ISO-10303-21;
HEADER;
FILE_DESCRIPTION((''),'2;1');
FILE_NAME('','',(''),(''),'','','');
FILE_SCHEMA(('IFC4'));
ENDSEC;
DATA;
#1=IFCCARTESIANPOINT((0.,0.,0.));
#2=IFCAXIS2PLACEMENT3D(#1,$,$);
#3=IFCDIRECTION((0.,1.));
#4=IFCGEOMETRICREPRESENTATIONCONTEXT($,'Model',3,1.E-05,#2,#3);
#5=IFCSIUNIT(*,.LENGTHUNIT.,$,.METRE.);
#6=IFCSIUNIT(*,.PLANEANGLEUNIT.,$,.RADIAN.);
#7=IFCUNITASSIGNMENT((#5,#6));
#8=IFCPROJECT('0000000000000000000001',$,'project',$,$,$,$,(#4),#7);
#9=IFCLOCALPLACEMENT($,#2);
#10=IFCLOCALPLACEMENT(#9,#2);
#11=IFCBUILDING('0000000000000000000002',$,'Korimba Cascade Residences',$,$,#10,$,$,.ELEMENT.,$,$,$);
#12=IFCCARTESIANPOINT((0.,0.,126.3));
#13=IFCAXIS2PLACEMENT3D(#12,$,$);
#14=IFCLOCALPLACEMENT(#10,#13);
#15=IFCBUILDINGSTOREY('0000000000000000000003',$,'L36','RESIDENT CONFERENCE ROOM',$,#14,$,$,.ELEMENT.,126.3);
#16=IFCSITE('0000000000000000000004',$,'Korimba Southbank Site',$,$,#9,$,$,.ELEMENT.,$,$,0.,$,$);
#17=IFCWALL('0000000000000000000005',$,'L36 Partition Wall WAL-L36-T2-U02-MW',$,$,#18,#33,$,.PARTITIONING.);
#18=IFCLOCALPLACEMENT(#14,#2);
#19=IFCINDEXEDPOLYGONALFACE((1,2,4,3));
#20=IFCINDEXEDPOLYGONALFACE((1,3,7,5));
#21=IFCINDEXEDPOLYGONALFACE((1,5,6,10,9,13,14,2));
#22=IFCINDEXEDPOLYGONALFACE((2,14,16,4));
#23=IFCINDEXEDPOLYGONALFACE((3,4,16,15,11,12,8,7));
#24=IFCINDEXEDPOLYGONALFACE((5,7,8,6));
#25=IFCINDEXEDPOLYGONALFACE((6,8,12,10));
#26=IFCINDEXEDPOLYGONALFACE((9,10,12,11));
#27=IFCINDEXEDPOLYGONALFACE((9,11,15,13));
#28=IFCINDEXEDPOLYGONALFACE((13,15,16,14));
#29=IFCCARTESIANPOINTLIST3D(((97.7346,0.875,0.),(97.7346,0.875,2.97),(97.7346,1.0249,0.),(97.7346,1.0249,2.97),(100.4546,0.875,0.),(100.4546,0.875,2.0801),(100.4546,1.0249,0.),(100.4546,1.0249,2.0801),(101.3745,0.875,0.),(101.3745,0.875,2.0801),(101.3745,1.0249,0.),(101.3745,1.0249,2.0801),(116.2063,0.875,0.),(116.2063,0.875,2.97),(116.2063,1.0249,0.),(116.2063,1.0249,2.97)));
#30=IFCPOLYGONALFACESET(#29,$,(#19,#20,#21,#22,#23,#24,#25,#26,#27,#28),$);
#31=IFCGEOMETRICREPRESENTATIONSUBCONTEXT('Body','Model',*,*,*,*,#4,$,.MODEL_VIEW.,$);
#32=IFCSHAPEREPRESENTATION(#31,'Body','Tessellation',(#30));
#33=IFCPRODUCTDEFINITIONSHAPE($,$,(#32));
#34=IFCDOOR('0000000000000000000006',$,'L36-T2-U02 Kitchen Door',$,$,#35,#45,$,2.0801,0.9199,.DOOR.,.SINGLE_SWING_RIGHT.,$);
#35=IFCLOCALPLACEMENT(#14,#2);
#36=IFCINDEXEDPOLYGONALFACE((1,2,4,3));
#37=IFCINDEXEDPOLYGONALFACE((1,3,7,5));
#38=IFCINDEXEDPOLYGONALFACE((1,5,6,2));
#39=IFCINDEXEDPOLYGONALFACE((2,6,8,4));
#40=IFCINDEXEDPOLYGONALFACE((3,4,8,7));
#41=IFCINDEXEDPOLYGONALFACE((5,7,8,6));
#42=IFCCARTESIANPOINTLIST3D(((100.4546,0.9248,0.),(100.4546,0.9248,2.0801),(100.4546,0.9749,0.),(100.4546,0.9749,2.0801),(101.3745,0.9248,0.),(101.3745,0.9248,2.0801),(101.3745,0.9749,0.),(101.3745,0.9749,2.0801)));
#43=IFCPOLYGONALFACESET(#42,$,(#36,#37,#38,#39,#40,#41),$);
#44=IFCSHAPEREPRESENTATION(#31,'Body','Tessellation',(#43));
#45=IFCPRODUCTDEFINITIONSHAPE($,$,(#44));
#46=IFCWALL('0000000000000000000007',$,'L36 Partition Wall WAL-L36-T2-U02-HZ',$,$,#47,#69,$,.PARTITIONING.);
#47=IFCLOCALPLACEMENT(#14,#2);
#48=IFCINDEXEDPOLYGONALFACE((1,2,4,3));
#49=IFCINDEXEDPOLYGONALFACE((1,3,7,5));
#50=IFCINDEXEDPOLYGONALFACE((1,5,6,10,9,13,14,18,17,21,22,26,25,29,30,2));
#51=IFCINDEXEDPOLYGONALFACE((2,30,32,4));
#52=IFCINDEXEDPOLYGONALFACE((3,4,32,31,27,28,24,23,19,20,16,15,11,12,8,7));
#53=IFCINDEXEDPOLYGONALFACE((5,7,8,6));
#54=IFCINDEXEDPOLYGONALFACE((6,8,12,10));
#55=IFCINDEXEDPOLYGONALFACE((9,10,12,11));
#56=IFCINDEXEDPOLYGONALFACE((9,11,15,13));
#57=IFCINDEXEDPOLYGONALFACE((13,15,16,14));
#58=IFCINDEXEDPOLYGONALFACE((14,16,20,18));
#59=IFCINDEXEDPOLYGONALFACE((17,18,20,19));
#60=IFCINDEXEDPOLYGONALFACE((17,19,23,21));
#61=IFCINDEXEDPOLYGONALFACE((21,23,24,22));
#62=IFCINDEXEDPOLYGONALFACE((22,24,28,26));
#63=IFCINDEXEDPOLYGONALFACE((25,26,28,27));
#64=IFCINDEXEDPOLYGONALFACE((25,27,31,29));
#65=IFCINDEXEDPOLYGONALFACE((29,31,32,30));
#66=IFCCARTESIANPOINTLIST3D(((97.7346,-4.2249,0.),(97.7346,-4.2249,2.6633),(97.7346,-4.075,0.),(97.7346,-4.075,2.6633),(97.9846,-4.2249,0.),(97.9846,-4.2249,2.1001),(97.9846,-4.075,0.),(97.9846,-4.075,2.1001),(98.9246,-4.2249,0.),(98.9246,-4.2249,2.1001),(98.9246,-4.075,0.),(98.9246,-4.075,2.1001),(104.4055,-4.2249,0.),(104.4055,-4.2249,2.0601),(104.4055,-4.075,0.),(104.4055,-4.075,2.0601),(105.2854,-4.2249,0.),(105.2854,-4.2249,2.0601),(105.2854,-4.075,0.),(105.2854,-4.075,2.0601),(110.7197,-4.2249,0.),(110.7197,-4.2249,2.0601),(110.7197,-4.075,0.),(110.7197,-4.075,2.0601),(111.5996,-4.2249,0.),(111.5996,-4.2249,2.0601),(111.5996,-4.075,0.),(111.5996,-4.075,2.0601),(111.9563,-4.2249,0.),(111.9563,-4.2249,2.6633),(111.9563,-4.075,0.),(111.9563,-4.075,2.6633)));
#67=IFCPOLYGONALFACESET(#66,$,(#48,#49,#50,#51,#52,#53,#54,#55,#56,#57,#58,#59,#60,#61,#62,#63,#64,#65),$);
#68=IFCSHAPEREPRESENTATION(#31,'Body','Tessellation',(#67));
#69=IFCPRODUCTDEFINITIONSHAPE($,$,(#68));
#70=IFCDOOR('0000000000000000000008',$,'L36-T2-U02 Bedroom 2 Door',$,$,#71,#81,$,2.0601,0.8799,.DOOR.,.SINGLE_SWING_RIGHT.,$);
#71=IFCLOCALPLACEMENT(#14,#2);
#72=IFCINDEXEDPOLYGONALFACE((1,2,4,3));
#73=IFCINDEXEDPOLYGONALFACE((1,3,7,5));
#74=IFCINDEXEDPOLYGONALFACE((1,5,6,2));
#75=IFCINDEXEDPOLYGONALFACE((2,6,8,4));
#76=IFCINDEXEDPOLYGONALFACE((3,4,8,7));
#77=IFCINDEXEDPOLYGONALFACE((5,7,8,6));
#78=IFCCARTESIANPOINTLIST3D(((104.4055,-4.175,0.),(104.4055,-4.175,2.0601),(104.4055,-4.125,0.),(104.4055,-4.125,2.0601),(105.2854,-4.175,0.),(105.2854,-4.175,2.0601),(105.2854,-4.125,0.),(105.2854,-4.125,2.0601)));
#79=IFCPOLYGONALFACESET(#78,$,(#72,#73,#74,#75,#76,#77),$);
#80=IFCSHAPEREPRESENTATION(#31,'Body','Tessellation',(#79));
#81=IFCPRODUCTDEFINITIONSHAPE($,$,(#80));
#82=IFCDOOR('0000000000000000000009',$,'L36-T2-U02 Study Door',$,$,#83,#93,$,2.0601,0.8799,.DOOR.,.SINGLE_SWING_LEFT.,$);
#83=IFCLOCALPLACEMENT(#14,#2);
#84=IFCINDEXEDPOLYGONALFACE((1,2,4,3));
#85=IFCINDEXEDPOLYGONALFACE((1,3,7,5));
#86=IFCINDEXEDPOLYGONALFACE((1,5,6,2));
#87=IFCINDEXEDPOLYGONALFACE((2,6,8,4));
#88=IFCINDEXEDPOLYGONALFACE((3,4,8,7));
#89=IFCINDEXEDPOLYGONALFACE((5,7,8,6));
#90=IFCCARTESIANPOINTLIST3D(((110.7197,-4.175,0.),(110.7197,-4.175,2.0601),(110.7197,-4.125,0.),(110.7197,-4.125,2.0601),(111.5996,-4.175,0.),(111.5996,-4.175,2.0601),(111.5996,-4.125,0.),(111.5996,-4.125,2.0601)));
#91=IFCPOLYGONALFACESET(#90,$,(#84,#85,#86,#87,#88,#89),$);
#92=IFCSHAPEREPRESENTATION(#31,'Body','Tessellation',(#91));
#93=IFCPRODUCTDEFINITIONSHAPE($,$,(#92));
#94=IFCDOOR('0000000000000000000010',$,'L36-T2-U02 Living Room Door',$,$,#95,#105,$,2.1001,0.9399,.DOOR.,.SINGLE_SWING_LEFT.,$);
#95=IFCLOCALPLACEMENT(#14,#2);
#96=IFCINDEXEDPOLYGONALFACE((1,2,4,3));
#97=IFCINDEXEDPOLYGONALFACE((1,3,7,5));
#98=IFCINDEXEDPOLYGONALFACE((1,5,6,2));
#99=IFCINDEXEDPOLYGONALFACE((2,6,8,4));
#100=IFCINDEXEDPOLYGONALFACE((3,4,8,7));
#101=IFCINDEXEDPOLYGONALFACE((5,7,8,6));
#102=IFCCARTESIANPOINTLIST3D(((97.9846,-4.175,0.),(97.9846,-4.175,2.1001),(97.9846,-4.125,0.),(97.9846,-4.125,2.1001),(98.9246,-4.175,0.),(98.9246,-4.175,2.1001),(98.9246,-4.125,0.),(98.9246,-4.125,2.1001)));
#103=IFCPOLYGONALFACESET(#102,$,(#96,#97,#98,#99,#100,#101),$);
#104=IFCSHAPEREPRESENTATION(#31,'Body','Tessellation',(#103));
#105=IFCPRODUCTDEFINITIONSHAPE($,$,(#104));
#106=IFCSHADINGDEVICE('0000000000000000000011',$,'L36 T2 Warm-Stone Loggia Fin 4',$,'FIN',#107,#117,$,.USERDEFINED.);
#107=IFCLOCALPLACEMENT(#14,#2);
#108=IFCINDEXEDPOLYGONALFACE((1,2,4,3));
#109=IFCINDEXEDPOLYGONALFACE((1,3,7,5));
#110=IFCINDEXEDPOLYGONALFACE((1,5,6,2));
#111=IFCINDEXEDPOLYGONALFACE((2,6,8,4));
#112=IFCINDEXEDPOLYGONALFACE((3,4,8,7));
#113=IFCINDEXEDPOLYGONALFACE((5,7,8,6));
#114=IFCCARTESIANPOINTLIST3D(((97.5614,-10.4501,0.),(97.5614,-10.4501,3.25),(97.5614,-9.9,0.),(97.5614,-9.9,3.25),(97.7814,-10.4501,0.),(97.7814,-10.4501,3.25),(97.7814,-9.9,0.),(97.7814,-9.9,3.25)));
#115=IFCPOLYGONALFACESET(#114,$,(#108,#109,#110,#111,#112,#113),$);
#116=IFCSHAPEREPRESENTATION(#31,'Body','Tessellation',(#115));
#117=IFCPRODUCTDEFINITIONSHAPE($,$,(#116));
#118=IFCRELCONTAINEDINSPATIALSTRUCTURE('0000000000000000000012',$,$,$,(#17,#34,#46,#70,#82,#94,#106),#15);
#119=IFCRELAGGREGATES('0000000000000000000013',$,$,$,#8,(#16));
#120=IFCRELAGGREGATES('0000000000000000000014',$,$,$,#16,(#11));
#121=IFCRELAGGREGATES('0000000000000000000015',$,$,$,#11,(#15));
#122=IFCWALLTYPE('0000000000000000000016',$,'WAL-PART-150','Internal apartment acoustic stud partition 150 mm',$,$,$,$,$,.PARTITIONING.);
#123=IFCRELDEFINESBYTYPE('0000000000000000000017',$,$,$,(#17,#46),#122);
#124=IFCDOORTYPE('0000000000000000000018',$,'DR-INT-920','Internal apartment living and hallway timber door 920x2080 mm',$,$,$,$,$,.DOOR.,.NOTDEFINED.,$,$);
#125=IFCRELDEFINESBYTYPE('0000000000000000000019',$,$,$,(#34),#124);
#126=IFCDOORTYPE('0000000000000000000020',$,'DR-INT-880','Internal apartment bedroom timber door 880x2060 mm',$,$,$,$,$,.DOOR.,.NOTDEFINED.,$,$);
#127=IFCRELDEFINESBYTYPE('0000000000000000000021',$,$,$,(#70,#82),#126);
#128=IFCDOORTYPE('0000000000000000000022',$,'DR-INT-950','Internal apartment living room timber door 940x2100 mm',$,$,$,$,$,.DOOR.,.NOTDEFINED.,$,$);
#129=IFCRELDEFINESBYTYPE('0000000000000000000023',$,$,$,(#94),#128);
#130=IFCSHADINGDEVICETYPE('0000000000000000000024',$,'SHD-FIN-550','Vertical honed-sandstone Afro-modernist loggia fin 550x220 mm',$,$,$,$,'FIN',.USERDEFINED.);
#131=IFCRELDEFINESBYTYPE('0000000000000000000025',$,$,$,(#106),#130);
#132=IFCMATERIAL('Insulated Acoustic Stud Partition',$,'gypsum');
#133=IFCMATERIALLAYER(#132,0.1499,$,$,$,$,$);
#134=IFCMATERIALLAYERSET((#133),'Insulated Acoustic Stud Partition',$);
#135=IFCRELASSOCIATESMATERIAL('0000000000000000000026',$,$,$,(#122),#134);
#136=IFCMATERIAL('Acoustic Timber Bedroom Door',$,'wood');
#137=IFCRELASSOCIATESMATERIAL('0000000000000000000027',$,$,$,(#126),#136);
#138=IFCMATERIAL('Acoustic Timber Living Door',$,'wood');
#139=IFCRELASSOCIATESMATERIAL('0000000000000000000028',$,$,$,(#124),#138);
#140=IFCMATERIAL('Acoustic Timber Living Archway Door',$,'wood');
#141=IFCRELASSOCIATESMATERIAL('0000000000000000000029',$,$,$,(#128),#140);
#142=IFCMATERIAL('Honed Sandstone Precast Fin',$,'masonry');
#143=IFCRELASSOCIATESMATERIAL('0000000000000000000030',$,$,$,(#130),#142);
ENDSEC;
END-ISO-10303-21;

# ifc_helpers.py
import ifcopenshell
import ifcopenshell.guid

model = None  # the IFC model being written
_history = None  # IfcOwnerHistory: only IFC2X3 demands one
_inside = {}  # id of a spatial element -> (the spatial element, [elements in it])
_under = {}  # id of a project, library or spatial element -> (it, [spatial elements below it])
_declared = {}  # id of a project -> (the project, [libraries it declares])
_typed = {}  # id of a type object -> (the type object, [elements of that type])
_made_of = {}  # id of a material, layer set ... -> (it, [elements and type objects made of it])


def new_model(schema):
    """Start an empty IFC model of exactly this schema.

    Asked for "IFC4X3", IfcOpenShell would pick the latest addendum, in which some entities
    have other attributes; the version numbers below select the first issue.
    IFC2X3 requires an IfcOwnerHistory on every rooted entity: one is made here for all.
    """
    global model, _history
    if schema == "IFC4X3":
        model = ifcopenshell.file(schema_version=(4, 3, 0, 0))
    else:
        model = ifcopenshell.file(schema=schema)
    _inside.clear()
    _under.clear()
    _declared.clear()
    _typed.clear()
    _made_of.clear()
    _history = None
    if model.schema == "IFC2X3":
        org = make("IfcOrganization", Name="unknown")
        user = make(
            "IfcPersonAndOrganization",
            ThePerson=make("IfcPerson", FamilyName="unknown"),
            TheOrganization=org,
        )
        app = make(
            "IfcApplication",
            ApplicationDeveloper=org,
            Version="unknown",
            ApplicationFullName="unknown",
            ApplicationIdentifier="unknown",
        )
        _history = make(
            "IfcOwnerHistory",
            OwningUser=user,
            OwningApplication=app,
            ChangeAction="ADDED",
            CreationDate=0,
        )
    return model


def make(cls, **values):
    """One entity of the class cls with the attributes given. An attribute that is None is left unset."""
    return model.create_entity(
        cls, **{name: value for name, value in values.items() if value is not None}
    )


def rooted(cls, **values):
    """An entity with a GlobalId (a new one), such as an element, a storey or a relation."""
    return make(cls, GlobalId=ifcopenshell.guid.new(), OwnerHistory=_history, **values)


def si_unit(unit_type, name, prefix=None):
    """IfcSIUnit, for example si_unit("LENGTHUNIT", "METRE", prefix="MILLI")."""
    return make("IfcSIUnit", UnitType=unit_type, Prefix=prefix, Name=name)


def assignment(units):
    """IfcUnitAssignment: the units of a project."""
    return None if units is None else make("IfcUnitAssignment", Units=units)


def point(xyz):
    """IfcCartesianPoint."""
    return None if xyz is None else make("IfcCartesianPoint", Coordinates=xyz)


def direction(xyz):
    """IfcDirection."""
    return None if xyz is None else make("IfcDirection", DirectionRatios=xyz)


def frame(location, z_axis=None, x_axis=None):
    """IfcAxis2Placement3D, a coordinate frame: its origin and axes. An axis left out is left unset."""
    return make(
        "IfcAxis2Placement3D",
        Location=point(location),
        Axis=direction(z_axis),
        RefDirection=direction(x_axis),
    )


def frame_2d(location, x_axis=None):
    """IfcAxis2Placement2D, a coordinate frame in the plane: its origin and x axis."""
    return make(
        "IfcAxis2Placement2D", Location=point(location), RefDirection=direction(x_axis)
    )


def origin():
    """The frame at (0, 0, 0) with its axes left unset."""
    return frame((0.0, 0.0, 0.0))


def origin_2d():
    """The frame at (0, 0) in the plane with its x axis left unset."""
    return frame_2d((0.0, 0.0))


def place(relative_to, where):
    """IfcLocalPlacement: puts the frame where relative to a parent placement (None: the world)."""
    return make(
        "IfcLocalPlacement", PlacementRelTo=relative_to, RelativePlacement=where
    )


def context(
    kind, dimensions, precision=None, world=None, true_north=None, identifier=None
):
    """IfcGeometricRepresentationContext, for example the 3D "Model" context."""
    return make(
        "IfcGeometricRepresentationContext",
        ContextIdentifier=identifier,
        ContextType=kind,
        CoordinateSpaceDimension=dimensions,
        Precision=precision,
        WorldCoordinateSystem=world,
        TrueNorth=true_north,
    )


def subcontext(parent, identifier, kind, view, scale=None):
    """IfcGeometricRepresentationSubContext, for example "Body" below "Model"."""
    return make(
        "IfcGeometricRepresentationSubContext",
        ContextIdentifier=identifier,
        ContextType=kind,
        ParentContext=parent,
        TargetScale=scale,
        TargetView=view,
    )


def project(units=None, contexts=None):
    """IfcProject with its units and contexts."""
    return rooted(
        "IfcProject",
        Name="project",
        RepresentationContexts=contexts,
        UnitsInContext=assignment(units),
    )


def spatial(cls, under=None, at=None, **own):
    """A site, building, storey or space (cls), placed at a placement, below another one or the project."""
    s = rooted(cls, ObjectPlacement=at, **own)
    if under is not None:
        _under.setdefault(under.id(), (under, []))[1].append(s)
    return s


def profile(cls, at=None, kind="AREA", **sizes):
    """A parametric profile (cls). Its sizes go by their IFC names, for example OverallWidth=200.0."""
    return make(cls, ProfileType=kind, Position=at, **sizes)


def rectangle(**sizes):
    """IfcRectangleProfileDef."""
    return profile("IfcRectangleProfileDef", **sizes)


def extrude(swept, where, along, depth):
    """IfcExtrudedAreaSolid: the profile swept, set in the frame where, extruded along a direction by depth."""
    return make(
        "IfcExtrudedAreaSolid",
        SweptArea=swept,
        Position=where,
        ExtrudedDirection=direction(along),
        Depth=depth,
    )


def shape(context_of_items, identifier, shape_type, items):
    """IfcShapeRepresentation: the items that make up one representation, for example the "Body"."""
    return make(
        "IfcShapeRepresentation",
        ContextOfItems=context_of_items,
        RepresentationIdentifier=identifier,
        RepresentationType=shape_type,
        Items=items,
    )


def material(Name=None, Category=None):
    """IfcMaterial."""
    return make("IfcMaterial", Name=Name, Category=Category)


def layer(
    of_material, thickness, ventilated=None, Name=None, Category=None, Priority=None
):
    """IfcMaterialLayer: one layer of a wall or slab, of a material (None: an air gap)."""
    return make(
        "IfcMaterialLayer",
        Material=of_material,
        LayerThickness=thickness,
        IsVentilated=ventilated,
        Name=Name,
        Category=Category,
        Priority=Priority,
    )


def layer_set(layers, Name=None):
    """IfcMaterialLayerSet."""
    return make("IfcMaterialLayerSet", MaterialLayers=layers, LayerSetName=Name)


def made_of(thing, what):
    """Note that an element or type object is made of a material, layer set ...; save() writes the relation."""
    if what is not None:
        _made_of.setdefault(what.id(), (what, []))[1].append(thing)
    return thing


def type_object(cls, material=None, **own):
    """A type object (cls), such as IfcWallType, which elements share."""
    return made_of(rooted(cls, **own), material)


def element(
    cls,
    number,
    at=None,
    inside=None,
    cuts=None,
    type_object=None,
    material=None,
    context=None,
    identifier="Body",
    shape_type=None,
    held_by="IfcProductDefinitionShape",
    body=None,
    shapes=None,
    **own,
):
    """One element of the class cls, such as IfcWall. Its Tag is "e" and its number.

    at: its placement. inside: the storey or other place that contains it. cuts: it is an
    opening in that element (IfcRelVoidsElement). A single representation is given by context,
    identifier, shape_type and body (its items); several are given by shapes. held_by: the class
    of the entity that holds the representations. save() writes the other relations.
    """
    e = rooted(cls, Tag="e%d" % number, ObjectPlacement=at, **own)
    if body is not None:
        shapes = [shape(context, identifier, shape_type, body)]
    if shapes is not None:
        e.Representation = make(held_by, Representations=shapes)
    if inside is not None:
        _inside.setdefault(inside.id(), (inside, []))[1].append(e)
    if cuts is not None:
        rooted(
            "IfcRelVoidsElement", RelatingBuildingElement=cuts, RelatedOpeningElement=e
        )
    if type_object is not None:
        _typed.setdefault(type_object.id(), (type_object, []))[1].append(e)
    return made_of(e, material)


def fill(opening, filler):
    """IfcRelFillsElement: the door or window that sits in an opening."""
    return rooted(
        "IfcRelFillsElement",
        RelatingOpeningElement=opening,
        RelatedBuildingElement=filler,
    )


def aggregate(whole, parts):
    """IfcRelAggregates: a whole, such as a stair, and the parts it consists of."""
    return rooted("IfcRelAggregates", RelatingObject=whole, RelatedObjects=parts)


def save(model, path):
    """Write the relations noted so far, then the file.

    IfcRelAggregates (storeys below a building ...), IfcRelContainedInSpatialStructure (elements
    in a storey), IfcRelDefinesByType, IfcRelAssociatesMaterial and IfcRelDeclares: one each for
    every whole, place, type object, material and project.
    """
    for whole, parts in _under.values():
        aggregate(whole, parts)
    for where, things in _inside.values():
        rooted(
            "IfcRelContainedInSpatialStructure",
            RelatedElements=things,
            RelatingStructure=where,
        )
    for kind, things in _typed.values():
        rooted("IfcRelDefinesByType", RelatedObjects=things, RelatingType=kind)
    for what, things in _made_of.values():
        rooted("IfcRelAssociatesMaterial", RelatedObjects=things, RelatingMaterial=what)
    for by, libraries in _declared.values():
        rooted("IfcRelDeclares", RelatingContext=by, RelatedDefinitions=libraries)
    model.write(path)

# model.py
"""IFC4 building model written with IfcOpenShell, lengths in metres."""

from ifc_helpers import new_model, si_unit, direction, frame, frame_2d, origin, origin_2d, place, context, subcontext, project, spatial, rectangle, extrude, material, layer, layer_set, type_object, element, fill, save


model = new_model("IFC4")

# Units and contexts
model_context = context("Model", 3, precision=1e-05, world=origin(), true_north=direction((0.0, 1.0)))
body_context = subcontext(model_context, "Body", "Model", "MODEL_VIEW")
ifc_project = project(units=[si_unit("LENGTHUNIT", "METRE"), si_unit("PLANEANGLEUNIT", "RADIAN")], contexts=[model_context])

# Site, building, storey
site_placement = place(None, origin())
site = spatial("IfcSite", under=ifc_project, at=site_placement, Name="Korimba Southbank Site", CompositionType="ELEMENT", RefElevation=0.0)
building_placement = place(site_placement, origin())
building = spatial("IfcBuilding", under=site, at=building_placement, Name="Korimba Cascade Residences", CompositionType="ELEMENT")
storey_placement = place(building_placement, frame((0.0, 0.0, 126.3)))
storey = spatial("IfcBuildingStorey", under=building, at=storey_placement, Name="L36", Description="RESIDENT CONFERENCE ROOM", CompositionType="ELEMENT", Elevation=126.3)

# Shared definitions
ifc_material_1 = material(Name="Insulated Acoustic Stud Partition", Category="gypsum")
ifc_layer = layer(ifc_material_1, 0.1499)
ifc_layer_set = layer_set([ifc_layer], Name="Insulated Acoustic Stud Partition")
wall_type = type_object("IfcWallType", Name="WAL-PART-150", Description="Internal apartment acoustic stud partition 150 mm", PredefinedType="PARTITIONING", material=ifc_layer_set)
ifc_material_2 = material(Name="Acoustic Timber Bedroom Door", Category="wood")
door_type_1 = type_object("IfcDoorType", Name="DR-INT-880", Description="Internal apartment bedroom timber door 880x2060 mm", OperationType="NOTDEFINED", PredefinedType="DOOR", material=ifc_material_2)

# Shared definitions
ifc_material_3 = material(Name="Acoustic Timber Living Door", Category="wood")
door_type_2 = type_object("IfcDoorType", Name="DR-INT-920", Description="Internal apartment living and hallway timber door 920x2080 mm", OperationType="NOTDEFINED", PredefinedType="DOOR", material=ifc_material_3)

# Wall, opening, door
wall_1_placement = place(storey_placement, frame((97.7346, 0.95, 0.0), z_axis=(0.0, 0.0, 1.0), x_axis=(1.0, 0.0, 0.0)))
wall_1 = element("IfcWall", 1, at=wall_1_placement, inside=storey, type_object=wall_type, Name="L36 Partition Wall WAL-L36-T2-U02-MW", PredefinedType="PARTITIONING", context=body_context, shape_type="SweptSolid", body=[
    extrude(rectangle(XDim=18.4717, YDim=0.1499, at=frame_2d((9.2358, 0.0))), origin(), (0.0, 0.0, 1.0), 2.97),
])
opening_1_placement = place(wall_1_placement, frame((2.72, 0.0, 0.0)))
opening_1 = element("IfcOpeningElement", 2, at=opening_1_placement, cuts=wall_1, PredefinedType="OPENING", context=body_context, shape_type="SweptSolid", body=[
    extrude(rectangle(XDim=0.9199, YDim=2.0801, at=frame_2d((0.46, 1.04))), frame((0.0, 0.085, 0.0), z_axis=(0.0, -1.0, 0.0), x_axis=(1.0, 0.0, 0.0)), (0.0, 0.0, 1.0), 0.1699),
])
door_1_placement = place(opening_1_placement, origin())
door_1 = element("IfcDoor", 3, at=door_1_placement, inside=storey, type_object=door_type_2, Name="L36-T2-U02 Kitchen Door", OperationType="SINGLE_SWING_RIGHT", OverallHeight=2.0801, OverallWidth=0.9199, PredefinedType="DOOR", context=body_context, shape_type="SweptSolid", body=[
    extrude(rectangle(XDim=0.9199, YDim=2.0801, at=frame_2d((0.46, 1.04))), frame((0.0, 0.0249, 0.0), z_axis=(0.0, -1.0, 0.0), x_axis=(1.0, 0.0, 0.0)), (0.0, 0.0, 1.0), 0.05),
])
fill(opening_1, door_1)

# Wall, openings, doors
wall_2_placement = place(storey_placement, frame((97.7346, -4.1499, 0.0), z_axis=(0.0, 0.0, 1.0), x_axis=(1.0, 0.0, 0.0)))
wall_2 = element("IfcWall", 4, at=wall_2_placement, inside=storey, type_object=wall_type, Name="L36 Partition Wall WAL-L36-T2-U02-HZ", PredefinedType="PARTITIONING", context=body_context, shape_type="SweptSolid", body=[
    extrude(rectangle(XDim=14.2217, YDim=0.1499, at=frame_2d((7.1108, 0.0))), origin(), (0.0, 0.0, 1.0), 2.6633),
])
opening_2_placement = place(wall_2_placement, frame((0.25, 0.0, 0.0)))
opening_2 = element("IfcOpeningElement", 5, at=opening_2_placement, cuts=wall_2, PredefinedType="OPENING", context=body_context, shape_type="SweptSolid", body=[
    extrude(rectangle(XDim=0.9399, YDim=2.1001, at=frame_2d((0.47, 1.05))), frame((0.0, 0.085, 0.0), z_axis=(0.0, -1.0, 0.0), x_axis=(1.0, 0.0, 0.0)), (0.0, 0.0, 1.0), 0.1699),
])
opening_3_placement = place(wall_2_placement, frame((6.6709, 0.0, 0.0)))
opening_3 = element("IfcOpeningElement", 6, at=opening_3_placement, cuts=wall_2, PredefinedType="OPENING", context=body_context, shape_type="SweptSolid", body=[
    extrude(rectangle(XDim=0.8799, YDim=2.0601, at=frame_2d((0.4399, 1.03))), frame((0.0, 0.085, 0.0), z_axis=(0.0, -1.0, 0.0), x_axis=(1.0, 0.0, 0.0)), (0.0, 0.0, 1.0), 0.1699),
])
opening_4_placement = place(wall_2_placement, frame((12.9851, 0.0, 0.0)))
opening_4 = element("IfcOpeningElement", 7, at=opening_4_placement, cuts=wall_2, PredefinedType="OPENING", context=body_context, shape_type="SweptSolid", body=[
    extrude(rectangle(XDim=0.8799, YDim=2.0601, at=frame_2d((0.4399, 1.03))), frame((0.0, 0.085, 0.0), z_axis=(0.0, -1.0, 0.0), x_axis=(1.0, 0.0, 0.0)), (0.0, 0.0, 1.0), 0.1699),
])
door_2_placement = place(opening_3_placement, origin())
door_2 = element("IfcDoor", 8, at=door_2_placement, inside=storey, type_object=door_type_1, Name="L36-T2-U02 Bedroom 2 Door", OperationType="SINGLE_SWING_RIGHT", OverallHeight=2.0601, OverallWidth=0.8799, PredefinedType="DOOR", context=body_context, shape_type="SweptSolid", body=[
    extrude(rectangle(XDim=0.8799, YDim=2.0601, at=frame_2d((0.4399, 1.03))), frame((0.0, 0.0249, 0.0), z_axis=(0.0, -1.0, 0.0), x_axis=(1.0, 0.0, 0.0)), (0.0, 0.0, 1.0), 0.05),
])
fill(opening_3, door_2)
door_3_placement = place(opening_4_placement, origin())
door_3 = element("IfcDoor", 9, at=door_3_placement, inside=storey, type_object=door_type_1, Name="L36-T2-U02 Study Door", OperationType="SINGLE_SWING_LEFT", OverallHeight=2.0601, OverallWidth=0.8799, PredefinedType="DOOR", context=body_context, shape_type="SweptSolid", body=[
    extrude(rectangle(XDim=0.8799, YDim=2.0601, at=frame_2d((0.4399, 1.03))), frame((0.0, 0.0249, 0.0), z_axis=(0.0, -1.0, 0.0), x_axis=(1.0, 0.0, 0.0)), (0.0, 0.0, 1.0), 0.05),
])
fill(opening_4, door_3)
ifc_material_4 = material(Name="Acoustic Timber Living Archway Door", Category="wood")
door_type_3 = type_object("IfcDoorType", Name="DR-INT-950", Description="Internal apartment living room timber door 940x2100 mm", OperationType="NOTDEFINED", PredefinedType="DOOR", material=ifc_material_4)
door_4_placement = place(opening_2_placement, origin())
door_4 = element("IfcDoor", 10, at=door_4_placement, inside=storey, type_object=door_type_3, Name="L36-T2-U02 Living Room Door", OperationType="SINGLE_SWING_LEFT", OverallHeight=2.1001, OverallWidth=0.9399, PredefinedType="DOOR", context=body_context, shape_type="SweptSolid", body=[
    extrude(rectangle(XDim=0.9399, YDim=2.1001, at=frame_2d((0.47, 1.05))), frame((0.0, 0.0249, 0.0), z_axis=(0.0, -1.0, 0.0), x_axis=(1.0, 0.0, 0.0)), (0.0, 0.0, 1.0), 0.05),
])
fill(opening_2, door_4)

# Shading device
ifc_material_5 = material(Name="Honed Sandstone Precast Fin", Category="masonry")
shading_device_type = type_object("IfcShadingDeviceType", Name="SHD-FIN-550", Description="Vertical honed-sandstone Afro-modernist loggia fin 550x220 mm", ElementType="FIN", PredefinedType="USERDEFINED", material=ifc_material_5)
shading_device_placement = place(storey_placement, frame((97.6714, -10.175, 0.0), z_axis=(0.0, 0.0, 1.0), x_axis=(1.0, 0.0, 0.0)))
element("IfcShadingDevice", 11, at=shading_device_placement, inside=storey, type_object=shading_device_type, Name="L36 T2 Warm-Stone Loggia Fin 4", ObjectType="FIN", PredefinedType="USERDEFINED", context=body_context, shape_type="SweptSolid", body=[
    extrude(rectangle(XDim=0.22, YDim=0.55, at=origin_2d()), origin(), (0.0, 0.0, 1.0), 3.25),
])

save(model, "model.ifc")
